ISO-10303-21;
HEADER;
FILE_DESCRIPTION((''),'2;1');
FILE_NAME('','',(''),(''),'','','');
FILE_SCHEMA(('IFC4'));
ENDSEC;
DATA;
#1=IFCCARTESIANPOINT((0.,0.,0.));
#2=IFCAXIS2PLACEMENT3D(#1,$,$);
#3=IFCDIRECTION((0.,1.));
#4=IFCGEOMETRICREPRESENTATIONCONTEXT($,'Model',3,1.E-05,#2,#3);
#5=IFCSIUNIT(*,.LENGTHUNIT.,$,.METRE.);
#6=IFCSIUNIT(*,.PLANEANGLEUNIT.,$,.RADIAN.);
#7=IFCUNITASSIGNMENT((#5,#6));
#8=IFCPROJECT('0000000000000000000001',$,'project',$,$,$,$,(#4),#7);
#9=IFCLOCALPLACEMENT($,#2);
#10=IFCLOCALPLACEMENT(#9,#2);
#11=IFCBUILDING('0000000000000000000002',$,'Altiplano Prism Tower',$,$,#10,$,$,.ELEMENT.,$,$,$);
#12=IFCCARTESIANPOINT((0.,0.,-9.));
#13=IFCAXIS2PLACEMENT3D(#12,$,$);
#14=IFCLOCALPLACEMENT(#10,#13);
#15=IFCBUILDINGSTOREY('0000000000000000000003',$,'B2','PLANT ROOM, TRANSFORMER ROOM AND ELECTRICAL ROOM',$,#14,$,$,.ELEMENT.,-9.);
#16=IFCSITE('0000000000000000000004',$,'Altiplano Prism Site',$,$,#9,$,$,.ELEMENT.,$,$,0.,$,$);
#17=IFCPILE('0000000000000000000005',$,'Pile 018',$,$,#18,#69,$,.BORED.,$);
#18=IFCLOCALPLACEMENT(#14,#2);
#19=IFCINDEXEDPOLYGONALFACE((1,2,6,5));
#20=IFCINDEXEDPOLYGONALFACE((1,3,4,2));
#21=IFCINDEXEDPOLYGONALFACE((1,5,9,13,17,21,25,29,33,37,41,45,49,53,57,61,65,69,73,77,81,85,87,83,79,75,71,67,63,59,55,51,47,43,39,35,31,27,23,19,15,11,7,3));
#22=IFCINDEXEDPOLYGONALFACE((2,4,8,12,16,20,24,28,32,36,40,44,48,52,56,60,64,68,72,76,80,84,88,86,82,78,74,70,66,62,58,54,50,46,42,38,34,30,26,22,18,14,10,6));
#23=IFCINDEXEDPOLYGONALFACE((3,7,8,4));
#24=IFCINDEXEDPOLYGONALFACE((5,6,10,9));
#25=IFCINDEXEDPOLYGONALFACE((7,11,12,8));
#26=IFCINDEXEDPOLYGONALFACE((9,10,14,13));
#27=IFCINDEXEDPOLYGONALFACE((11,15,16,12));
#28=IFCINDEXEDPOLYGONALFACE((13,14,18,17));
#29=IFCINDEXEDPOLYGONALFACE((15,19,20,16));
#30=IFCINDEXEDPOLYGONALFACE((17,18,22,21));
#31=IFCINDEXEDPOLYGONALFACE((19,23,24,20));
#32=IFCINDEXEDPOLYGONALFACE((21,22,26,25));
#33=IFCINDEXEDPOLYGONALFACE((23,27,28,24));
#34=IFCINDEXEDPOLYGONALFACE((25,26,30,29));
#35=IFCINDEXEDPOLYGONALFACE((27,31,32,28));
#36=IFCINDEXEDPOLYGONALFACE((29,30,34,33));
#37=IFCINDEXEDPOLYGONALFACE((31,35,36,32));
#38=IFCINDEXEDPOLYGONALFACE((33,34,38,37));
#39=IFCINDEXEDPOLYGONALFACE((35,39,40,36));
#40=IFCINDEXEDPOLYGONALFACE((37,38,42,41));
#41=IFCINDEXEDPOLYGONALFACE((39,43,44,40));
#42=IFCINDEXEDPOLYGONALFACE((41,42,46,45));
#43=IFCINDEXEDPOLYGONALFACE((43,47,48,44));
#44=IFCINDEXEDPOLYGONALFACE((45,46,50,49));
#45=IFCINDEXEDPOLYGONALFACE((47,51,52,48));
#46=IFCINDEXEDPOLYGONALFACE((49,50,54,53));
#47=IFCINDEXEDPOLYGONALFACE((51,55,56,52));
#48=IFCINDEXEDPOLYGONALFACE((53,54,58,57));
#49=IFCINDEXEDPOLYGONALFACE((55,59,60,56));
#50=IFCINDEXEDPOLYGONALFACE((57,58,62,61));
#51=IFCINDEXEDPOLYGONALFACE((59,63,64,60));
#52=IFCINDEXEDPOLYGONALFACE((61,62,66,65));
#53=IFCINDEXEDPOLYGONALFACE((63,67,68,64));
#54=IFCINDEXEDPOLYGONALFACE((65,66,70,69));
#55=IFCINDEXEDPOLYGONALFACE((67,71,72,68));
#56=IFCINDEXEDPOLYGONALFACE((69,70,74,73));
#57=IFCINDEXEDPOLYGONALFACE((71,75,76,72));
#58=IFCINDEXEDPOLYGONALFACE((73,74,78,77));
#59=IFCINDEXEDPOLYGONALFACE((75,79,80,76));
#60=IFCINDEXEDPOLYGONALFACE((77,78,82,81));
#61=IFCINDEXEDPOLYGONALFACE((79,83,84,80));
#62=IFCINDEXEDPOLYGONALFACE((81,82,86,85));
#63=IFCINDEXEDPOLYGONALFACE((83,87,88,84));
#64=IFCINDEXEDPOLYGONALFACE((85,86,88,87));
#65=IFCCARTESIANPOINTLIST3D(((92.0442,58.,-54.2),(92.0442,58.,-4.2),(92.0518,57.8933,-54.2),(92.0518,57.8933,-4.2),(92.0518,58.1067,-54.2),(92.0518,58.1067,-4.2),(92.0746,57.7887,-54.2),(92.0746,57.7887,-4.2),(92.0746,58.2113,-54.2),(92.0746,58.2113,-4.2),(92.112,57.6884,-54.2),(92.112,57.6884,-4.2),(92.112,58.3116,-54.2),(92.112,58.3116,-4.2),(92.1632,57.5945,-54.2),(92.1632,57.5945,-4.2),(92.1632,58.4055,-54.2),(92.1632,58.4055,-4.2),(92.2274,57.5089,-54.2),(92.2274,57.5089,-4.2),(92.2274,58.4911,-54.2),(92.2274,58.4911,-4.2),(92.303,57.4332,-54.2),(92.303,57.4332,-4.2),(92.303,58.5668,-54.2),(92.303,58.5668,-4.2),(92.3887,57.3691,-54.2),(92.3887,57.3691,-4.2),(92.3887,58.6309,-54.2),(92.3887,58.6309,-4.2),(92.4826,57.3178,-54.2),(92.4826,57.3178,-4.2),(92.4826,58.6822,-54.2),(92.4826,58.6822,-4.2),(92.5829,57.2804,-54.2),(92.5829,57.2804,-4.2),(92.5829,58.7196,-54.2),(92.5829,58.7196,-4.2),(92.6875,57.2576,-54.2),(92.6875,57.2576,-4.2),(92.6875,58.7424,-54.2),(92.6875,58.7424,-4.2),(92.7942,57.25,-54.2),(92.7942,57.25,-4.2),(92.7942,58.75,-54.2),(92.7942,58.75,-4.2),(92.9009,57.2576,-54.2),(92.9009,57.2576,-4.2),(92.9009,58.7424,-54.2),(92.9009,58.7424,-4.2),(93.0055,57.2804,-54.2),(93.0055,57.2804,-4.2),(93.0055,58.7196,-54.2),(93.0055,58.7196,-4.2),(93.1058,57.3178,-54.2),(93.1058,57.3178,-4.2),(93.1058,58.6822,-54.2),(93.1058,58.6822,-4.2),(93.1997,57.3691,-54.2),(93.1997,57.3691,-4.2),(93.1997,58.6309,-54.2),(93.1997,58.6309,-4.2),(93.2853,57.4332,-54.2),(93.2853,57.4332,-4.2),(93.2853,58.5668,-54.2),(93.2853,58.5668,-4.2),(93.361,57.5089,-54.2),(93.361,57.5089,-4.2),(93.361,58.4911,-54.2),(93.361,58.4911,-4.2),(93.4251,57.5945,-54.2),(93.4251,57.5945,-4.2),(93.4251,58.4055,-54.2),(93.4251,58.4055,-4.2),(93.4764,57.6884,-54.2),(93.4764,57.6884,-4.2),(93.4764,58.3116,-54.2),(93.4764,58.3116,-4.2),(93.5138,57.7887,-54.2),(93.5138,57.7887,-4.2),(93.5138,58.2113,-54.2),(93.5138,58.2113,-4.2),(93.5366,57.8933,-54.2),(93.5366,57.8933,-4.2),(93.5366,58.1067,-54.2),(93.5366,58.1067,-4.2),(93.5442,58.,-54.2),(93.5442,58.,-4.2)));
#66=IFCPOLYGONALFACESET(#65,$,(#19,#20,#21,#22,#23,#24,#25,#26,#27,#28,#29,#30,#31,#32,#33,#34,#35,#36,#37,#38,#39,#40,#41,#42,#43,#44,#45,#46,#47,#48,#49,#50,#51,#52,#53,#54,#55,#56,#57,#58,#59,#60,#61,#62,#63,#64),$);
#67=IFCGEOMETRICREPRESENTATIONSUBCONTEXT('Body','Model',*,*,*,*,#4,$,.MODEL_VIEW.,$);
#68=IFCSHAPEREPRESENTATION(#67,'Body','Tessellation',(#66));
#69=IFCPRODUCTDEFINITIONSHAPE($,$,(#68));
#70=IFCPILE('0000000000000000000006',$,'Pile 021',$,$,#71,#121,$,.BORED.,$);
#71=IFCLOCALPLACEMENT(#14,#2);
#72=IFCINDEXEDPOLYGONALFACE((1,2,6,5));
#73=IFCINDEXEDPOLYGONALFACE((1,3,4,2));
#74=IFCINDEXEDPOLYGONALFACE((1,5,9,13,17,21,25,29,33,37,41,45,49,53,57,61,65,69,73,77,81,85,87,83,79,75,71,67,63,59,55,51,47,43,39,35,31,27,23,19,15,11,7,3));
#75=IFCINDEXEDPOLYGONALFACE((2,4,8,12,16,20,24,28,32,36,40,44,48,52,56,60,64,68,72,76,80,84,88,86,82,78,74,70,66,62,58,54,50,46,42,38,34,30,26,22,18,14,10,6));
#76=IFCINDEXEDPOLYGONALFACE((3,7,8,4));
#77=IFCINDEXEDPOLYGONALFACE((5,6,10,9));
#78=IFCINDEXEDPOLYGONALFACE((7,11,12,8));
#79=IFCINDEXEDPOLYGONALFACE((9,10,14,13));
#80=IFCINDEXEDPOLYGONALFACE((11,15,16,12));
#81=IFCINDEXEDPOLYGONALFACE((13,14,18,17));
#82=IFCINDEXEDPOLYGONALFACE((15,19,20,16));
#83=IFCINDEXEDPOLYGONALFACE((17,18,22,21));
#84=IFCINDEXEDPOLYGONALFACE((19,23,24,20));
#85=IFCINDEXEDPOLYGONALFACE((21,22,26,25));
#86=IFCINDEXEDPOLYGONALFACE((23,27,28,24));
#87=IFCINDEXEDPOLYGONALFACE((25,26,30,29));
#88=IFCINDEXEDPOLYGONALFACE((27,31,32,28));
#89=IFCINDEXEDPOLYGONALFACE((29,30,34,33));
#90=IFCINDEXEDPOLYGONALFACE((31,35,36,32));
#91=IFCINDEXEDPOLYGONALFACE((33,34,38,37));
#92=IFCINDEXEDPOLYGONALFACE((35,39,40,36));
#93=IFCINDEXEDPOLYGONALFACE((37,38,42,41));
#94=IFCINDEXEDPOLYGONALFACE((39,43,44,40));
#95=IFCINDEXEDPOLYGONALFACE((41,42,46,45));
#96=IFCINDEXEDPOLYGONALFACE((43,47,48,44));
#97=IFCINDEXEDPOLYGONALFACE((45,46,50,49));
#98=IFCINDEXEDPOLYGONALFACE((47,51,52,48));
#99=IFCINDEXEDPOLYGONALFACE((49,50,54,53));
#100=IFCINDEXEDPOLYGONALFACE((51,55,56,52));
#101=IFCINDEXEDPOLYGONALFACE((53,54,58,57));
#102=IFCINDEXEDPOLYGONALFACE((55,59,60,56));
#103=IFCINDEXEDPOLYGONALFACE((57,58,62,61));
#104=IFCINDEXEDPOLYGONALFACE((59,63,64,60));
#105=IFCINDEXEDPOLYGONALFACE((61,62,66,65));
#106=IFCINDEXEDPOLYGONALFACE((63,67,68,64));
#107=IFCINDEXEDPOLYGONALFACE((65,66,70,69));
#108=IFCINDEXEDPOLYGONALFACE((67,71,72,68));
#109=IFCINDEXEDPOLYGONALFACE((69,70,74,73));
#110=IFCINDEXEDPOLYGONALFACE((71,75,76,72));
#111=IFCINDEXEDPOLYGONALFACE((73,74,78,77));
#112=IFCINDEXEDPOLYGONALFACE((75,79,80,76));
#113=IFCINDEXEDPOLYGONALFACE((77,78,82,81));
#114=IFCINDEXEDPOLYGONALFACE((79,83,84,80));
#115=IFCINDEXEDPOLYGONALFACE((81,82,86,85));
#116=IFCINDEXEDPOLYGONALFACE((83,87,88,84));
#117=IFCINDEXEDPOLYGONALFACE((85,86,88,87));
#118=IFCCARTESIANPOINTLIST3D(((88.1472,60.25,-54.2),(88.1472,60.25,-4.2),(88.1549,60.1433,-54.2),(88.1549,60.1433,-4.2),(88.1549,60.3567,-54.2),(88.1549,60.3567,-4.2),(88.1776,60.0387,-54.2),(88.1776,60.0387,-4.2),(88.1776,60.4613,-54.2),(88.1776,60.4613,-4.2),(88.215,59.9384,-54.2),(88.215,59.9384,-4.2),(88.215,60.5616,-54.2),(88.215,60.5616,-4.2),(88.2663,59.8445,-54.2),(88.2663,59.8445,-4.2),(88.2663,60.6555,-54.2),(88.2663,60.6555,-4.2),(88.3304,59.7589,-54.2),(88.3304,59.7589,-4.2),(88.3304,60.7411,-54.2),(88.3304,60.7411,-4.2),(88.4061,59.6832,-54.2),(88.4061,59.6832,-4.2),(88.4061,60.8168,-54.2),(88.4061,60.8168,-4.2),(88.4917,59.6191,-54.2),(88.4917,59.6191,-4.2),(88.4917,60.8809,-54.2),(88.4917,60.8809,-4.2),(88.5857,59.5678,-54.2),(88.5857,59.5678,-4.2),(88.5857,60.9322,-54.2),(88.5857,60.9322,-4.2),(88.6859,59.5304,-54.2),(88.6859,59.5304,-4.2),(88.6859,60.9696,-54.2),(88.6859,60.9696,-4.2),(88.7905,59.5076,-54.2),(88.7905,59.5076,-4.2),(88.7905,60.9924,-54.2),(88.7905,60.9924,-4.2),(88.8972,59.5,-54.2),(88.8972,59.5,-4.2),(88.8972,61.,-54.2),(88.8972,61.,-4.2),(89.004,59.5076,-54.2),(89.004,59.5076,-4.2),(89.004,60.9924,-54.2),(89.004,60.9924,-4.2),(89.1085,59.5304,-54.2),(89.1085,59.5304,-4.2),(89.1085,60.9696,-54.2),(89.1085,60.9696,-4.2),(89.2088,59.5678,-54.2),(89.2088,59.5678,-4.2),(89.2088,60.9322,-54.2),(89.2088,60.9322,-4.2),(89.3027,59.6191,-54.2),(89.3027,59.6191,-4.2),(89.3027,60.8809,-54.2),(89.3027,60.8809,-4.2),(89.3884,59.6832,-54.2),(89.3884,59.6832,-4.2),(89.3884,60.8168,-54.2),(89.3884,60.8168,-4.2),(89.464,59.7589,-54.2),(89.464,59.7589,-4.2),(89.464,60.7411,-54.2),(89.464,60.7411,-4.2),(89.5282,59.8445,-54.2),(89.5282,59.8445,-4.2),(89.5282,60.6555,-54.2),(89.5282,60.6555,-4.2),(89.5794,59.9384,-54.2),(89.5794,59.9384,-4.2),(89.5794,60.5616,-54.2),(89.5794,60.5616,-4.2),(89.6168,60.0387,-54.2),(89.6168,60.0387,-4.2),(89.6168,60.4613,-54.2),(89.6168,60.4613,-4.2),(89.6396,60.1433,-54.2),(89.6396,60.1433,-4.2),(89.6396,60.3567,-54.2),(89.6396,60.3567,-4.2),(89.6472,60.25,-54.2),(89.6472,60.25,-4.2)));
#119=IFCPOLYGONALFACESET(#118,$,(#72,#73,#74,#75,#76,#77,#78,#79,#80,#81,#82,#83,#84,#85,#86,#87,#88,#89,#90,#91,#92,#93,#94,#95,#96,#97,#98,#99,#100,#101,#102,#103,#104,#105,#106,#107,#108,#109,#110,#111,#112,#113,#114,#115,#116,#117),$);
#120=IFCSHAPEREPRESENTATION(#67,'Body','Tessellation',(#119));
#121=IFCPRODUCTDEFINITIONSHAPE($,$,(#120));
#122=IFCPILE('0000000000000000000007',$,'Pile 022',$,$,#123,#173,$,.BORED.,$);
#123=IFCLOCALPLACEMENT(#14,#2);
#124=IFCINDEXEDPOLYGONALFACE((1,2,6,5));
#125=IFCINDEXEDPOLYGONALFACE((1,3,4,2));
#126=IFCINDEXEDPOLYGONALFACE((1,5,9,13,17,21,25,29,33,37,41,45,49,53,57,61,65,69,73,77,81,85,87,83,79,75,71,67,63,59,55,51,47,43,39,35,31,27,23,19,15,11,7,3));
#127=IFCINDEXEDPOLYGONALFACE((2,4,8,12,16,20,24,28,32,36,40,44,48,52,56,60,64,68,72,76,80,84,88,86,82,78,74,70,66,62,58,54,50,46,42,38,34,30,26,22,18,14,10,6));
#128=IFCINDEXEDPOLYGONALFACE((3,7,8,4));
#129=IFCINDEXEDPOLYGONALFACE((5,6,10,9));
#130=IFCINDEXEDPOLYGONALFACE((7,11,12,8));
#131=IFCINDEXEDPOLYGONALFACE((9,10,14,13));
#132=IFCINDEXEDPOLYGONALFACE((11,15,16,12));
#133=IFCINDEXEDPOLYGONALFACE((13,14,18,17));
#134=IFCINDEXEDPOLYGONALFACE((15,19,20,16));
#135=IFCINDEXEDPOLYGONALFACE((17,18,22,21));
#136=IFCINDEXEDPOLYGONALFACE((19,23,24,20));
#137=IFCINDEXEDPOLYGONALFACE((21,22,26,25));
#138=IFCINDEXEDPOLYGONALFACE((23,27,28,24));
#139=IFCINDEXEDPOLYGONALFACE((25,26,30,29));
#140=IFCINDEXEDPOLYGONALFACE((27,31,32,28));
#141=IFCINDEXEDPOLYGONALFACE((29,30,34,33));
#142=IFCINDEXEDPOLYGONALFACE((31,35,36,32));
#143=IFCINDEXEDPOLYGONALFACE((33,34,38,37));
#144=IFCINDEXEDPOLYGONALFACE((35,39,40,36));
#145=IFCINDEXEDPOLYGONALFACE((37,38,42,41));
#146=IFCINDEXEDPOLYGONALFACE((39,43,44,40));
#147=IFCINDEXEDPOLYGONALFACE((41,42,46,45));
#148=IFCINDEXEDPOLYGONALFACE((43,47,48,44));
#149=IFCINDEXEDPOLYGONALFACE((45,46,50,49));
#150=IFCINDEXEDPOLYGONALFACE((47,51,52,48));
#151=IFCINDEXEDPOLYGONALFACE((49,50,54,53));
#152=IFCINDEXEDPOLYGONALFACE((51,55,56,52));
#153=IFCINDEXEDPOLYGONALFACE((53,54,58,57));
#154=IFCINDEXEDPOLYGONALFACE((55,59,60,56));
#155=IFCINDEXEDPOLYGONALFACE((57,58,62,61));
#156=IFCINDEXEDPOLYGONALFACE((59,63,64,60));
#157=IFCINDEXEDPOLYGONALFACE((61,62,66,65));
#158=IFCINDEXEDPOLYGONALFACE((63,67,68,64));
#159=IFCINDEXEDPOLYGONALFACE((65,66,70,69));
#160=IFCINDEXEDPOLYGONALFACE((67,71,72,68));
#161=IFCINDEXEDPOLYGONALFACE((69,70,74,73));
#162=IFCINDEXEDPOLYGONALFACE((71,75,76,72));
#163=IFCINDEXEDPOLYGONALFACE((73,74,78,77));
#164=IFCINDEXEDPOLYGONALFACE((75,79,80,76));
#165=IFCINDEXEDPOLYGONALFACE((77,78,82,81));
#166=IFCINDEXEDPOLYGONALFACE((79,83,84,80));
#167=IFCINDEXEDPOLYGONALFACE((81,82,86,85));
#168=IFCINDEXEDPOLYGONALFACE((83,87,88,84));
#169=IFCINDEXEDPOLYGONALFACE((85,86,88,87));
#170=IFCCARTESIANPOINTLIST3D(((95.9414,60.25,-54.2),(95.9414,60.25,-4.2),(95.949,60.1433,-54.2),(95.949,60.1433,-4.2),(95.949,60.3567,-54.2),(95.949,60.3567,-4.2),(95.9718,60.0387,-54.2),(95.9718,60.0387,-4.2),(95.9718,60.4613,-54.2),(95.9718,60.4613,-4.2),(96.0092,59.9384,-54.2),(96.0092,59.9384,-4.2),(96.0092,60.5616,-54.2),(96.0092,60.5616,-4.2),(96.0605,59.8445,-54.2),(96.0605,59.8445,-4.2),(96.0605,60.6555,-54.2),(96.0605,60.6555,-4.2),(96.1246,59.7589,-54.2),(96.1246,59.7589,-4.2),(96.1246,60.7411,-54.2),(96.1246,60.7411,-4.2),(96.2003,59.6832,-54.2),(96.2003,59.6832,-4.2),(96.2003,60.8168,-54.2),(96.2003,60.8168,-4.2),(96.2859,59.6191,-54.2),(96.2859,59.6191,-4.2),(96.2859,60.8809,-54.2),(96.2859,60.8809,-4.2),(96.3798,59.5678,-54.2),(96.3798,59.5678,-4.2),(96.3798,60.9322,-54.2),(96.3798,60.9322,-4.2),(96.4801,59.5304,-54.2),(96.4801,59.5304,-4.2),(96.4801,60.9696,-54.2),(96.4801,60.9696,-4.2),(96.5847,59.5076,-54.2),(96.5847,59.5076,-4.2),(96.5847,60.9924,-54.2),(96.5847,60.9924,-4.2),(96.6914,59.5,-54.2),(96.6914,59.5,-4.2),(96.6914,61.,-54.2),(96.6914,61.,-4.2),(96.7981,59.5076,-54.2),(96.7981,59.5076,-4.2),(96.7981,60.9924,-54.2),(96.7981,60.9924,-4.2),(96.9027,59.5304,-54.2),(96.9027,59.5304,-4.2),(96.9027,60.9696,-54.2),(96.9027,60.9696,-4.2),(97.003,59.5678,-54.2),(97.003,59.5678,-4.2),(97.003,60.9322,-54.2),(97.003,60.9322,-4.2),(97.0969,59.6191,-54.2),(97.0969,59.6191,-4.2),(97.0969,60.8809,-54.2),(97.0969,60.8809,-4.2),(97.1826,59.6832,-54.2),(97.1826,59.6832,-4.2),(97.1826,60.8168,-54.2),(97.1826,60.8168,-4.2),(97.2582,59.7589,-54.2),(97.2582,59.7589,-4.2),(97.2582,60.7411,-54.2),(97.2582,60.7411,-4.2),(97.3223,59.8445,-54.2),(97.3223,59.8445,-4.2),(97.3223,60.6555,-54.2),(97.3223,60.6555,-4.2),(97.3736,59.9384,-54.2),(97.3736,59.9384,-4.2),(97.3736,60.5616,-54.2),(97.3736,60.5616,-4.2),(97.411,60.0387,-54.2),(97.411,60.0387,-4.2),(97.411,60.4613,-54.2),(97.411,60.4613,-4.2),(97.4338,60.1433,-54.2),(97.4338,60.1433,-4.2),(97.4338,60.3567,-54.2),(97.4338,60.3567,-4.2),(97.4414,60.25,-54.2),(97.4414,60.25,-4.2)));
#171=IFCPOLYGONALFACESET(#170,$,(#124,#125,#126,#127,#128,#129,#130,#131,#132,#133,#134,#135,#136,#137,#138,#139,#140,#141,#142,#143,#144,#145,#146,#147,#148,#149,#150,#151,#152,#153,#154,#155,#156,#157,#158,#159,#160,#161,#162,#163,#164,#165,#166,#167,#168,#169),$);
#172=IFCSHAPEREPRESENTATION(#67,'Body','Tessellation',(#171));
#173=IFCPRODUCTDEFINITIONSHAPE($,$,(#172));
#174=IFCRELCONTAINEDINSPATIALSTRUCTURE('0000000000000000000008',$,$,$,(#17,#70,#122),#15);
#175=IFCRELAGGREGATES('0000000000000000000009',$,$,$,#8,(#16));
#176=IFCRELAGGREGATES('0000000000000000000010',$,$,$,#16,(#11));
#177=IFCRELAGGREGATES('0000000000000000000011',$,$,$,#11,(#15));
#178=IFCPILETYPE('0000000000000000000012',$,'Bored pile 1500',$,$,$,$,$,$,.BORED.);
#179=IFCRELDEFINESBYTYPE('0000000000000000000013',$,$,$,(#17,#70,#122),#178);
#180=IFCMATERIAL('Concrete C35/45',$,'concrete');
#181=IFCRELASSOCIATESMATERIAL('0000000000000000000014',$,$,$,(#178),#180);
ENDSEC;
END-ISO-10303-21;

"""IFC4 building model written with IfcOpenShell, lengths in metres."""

from ifc_helpers import new_model, si_unit, direction, frame, origin, origin_2d, place, context, subcontext, project, spatial, circle, extrude, material, material_profile, profile_set, type_object, element, save


model = new_model("IFC4")

# Units and contexts
model_context = context("Model", 3, precision=1e-05, world=origin(), true_north=direction((0.0, 1.0)))
body_context = subcontext(model_context, "Body", "Model", "MODEL_VIEW")
ifc_project = project(units=[si_unit("LENGTHUNIT", "METRE"), si_unit("PLANEANGLEUNIT", "RADIAN")], contexts=[model_context])

# Site, building, storey
site_placement = place(None, origin())
site = spatial("IfcSite", under=ifc_project, at=site_placement, Name="Altiplano Prism Site", CompositionType="ELEMENT", RefElevation=0.0)
building_placement = place(site_placement, origin())
building = spatial("IfcBuilding", under=site, at=building_placement, Name="Altiplano Prism Tower", CompositionType="ELEMENT")
storey_placement = place(building_placement, frame((0.0, 0.0, -9.0)))
storey = spatial("IfcBuildingStorey", under=building, at=storey_placement, Name="B2", Description="PLANT ROOM, TRANSFORMER ROOM AND ELECTRICAL ROOM", CompositionType="ELEMENT", Elevation=-9.0)

# Piles
ifc_material_1 = material(Name="Concrete C35/45", Category="concrete")
ifc_material_profile_1 = material_profile(ifc_material_1, circle(Radius=0.75, at=origin_2d()), Name="Bored pile 1500")
ifc_profile_set_1 = profile_set([ifc_material_profile_1], Name="Concrete C35/45")
pile_type = type_object("IfcPileType", Name="Bored pile 1500", PredefinedType="BORED", material=ifc_profile_set_1)
for number, where, z_axis, x_axis, name in (
    (1, (92.7942, 58.0, -4.2), (0.0, 0.0, -1.0), (1.0, 0.0, 0.0), "Pile 018"),
    (2, (88.8972, 60.25, -4.2), (0.0, 0.0, -1.0), (1.0, 0.0, 0.0), "Pile 021"),
    (3, (96.6914, 60.25, -4.2), (0.0, 0.0, -1.0), (1.0, 0.0, 0.0), "Pile 022"),
):
    element("IfcPile", number, at=place(storey_placement, frame(where, z_axis=z_axis, x_axis=x_axis)), inside=storey, type_object=pile_type, Name=name, PredefinedType="BORED", context=body_context, shape_type="SweptSolid", body=[
        extrude(circle(Radius=0.75, at=origin_2d()), origin(), (0.0, 0.0, 1.0), 50.0),
    ])

save(model, "model.ifc")
